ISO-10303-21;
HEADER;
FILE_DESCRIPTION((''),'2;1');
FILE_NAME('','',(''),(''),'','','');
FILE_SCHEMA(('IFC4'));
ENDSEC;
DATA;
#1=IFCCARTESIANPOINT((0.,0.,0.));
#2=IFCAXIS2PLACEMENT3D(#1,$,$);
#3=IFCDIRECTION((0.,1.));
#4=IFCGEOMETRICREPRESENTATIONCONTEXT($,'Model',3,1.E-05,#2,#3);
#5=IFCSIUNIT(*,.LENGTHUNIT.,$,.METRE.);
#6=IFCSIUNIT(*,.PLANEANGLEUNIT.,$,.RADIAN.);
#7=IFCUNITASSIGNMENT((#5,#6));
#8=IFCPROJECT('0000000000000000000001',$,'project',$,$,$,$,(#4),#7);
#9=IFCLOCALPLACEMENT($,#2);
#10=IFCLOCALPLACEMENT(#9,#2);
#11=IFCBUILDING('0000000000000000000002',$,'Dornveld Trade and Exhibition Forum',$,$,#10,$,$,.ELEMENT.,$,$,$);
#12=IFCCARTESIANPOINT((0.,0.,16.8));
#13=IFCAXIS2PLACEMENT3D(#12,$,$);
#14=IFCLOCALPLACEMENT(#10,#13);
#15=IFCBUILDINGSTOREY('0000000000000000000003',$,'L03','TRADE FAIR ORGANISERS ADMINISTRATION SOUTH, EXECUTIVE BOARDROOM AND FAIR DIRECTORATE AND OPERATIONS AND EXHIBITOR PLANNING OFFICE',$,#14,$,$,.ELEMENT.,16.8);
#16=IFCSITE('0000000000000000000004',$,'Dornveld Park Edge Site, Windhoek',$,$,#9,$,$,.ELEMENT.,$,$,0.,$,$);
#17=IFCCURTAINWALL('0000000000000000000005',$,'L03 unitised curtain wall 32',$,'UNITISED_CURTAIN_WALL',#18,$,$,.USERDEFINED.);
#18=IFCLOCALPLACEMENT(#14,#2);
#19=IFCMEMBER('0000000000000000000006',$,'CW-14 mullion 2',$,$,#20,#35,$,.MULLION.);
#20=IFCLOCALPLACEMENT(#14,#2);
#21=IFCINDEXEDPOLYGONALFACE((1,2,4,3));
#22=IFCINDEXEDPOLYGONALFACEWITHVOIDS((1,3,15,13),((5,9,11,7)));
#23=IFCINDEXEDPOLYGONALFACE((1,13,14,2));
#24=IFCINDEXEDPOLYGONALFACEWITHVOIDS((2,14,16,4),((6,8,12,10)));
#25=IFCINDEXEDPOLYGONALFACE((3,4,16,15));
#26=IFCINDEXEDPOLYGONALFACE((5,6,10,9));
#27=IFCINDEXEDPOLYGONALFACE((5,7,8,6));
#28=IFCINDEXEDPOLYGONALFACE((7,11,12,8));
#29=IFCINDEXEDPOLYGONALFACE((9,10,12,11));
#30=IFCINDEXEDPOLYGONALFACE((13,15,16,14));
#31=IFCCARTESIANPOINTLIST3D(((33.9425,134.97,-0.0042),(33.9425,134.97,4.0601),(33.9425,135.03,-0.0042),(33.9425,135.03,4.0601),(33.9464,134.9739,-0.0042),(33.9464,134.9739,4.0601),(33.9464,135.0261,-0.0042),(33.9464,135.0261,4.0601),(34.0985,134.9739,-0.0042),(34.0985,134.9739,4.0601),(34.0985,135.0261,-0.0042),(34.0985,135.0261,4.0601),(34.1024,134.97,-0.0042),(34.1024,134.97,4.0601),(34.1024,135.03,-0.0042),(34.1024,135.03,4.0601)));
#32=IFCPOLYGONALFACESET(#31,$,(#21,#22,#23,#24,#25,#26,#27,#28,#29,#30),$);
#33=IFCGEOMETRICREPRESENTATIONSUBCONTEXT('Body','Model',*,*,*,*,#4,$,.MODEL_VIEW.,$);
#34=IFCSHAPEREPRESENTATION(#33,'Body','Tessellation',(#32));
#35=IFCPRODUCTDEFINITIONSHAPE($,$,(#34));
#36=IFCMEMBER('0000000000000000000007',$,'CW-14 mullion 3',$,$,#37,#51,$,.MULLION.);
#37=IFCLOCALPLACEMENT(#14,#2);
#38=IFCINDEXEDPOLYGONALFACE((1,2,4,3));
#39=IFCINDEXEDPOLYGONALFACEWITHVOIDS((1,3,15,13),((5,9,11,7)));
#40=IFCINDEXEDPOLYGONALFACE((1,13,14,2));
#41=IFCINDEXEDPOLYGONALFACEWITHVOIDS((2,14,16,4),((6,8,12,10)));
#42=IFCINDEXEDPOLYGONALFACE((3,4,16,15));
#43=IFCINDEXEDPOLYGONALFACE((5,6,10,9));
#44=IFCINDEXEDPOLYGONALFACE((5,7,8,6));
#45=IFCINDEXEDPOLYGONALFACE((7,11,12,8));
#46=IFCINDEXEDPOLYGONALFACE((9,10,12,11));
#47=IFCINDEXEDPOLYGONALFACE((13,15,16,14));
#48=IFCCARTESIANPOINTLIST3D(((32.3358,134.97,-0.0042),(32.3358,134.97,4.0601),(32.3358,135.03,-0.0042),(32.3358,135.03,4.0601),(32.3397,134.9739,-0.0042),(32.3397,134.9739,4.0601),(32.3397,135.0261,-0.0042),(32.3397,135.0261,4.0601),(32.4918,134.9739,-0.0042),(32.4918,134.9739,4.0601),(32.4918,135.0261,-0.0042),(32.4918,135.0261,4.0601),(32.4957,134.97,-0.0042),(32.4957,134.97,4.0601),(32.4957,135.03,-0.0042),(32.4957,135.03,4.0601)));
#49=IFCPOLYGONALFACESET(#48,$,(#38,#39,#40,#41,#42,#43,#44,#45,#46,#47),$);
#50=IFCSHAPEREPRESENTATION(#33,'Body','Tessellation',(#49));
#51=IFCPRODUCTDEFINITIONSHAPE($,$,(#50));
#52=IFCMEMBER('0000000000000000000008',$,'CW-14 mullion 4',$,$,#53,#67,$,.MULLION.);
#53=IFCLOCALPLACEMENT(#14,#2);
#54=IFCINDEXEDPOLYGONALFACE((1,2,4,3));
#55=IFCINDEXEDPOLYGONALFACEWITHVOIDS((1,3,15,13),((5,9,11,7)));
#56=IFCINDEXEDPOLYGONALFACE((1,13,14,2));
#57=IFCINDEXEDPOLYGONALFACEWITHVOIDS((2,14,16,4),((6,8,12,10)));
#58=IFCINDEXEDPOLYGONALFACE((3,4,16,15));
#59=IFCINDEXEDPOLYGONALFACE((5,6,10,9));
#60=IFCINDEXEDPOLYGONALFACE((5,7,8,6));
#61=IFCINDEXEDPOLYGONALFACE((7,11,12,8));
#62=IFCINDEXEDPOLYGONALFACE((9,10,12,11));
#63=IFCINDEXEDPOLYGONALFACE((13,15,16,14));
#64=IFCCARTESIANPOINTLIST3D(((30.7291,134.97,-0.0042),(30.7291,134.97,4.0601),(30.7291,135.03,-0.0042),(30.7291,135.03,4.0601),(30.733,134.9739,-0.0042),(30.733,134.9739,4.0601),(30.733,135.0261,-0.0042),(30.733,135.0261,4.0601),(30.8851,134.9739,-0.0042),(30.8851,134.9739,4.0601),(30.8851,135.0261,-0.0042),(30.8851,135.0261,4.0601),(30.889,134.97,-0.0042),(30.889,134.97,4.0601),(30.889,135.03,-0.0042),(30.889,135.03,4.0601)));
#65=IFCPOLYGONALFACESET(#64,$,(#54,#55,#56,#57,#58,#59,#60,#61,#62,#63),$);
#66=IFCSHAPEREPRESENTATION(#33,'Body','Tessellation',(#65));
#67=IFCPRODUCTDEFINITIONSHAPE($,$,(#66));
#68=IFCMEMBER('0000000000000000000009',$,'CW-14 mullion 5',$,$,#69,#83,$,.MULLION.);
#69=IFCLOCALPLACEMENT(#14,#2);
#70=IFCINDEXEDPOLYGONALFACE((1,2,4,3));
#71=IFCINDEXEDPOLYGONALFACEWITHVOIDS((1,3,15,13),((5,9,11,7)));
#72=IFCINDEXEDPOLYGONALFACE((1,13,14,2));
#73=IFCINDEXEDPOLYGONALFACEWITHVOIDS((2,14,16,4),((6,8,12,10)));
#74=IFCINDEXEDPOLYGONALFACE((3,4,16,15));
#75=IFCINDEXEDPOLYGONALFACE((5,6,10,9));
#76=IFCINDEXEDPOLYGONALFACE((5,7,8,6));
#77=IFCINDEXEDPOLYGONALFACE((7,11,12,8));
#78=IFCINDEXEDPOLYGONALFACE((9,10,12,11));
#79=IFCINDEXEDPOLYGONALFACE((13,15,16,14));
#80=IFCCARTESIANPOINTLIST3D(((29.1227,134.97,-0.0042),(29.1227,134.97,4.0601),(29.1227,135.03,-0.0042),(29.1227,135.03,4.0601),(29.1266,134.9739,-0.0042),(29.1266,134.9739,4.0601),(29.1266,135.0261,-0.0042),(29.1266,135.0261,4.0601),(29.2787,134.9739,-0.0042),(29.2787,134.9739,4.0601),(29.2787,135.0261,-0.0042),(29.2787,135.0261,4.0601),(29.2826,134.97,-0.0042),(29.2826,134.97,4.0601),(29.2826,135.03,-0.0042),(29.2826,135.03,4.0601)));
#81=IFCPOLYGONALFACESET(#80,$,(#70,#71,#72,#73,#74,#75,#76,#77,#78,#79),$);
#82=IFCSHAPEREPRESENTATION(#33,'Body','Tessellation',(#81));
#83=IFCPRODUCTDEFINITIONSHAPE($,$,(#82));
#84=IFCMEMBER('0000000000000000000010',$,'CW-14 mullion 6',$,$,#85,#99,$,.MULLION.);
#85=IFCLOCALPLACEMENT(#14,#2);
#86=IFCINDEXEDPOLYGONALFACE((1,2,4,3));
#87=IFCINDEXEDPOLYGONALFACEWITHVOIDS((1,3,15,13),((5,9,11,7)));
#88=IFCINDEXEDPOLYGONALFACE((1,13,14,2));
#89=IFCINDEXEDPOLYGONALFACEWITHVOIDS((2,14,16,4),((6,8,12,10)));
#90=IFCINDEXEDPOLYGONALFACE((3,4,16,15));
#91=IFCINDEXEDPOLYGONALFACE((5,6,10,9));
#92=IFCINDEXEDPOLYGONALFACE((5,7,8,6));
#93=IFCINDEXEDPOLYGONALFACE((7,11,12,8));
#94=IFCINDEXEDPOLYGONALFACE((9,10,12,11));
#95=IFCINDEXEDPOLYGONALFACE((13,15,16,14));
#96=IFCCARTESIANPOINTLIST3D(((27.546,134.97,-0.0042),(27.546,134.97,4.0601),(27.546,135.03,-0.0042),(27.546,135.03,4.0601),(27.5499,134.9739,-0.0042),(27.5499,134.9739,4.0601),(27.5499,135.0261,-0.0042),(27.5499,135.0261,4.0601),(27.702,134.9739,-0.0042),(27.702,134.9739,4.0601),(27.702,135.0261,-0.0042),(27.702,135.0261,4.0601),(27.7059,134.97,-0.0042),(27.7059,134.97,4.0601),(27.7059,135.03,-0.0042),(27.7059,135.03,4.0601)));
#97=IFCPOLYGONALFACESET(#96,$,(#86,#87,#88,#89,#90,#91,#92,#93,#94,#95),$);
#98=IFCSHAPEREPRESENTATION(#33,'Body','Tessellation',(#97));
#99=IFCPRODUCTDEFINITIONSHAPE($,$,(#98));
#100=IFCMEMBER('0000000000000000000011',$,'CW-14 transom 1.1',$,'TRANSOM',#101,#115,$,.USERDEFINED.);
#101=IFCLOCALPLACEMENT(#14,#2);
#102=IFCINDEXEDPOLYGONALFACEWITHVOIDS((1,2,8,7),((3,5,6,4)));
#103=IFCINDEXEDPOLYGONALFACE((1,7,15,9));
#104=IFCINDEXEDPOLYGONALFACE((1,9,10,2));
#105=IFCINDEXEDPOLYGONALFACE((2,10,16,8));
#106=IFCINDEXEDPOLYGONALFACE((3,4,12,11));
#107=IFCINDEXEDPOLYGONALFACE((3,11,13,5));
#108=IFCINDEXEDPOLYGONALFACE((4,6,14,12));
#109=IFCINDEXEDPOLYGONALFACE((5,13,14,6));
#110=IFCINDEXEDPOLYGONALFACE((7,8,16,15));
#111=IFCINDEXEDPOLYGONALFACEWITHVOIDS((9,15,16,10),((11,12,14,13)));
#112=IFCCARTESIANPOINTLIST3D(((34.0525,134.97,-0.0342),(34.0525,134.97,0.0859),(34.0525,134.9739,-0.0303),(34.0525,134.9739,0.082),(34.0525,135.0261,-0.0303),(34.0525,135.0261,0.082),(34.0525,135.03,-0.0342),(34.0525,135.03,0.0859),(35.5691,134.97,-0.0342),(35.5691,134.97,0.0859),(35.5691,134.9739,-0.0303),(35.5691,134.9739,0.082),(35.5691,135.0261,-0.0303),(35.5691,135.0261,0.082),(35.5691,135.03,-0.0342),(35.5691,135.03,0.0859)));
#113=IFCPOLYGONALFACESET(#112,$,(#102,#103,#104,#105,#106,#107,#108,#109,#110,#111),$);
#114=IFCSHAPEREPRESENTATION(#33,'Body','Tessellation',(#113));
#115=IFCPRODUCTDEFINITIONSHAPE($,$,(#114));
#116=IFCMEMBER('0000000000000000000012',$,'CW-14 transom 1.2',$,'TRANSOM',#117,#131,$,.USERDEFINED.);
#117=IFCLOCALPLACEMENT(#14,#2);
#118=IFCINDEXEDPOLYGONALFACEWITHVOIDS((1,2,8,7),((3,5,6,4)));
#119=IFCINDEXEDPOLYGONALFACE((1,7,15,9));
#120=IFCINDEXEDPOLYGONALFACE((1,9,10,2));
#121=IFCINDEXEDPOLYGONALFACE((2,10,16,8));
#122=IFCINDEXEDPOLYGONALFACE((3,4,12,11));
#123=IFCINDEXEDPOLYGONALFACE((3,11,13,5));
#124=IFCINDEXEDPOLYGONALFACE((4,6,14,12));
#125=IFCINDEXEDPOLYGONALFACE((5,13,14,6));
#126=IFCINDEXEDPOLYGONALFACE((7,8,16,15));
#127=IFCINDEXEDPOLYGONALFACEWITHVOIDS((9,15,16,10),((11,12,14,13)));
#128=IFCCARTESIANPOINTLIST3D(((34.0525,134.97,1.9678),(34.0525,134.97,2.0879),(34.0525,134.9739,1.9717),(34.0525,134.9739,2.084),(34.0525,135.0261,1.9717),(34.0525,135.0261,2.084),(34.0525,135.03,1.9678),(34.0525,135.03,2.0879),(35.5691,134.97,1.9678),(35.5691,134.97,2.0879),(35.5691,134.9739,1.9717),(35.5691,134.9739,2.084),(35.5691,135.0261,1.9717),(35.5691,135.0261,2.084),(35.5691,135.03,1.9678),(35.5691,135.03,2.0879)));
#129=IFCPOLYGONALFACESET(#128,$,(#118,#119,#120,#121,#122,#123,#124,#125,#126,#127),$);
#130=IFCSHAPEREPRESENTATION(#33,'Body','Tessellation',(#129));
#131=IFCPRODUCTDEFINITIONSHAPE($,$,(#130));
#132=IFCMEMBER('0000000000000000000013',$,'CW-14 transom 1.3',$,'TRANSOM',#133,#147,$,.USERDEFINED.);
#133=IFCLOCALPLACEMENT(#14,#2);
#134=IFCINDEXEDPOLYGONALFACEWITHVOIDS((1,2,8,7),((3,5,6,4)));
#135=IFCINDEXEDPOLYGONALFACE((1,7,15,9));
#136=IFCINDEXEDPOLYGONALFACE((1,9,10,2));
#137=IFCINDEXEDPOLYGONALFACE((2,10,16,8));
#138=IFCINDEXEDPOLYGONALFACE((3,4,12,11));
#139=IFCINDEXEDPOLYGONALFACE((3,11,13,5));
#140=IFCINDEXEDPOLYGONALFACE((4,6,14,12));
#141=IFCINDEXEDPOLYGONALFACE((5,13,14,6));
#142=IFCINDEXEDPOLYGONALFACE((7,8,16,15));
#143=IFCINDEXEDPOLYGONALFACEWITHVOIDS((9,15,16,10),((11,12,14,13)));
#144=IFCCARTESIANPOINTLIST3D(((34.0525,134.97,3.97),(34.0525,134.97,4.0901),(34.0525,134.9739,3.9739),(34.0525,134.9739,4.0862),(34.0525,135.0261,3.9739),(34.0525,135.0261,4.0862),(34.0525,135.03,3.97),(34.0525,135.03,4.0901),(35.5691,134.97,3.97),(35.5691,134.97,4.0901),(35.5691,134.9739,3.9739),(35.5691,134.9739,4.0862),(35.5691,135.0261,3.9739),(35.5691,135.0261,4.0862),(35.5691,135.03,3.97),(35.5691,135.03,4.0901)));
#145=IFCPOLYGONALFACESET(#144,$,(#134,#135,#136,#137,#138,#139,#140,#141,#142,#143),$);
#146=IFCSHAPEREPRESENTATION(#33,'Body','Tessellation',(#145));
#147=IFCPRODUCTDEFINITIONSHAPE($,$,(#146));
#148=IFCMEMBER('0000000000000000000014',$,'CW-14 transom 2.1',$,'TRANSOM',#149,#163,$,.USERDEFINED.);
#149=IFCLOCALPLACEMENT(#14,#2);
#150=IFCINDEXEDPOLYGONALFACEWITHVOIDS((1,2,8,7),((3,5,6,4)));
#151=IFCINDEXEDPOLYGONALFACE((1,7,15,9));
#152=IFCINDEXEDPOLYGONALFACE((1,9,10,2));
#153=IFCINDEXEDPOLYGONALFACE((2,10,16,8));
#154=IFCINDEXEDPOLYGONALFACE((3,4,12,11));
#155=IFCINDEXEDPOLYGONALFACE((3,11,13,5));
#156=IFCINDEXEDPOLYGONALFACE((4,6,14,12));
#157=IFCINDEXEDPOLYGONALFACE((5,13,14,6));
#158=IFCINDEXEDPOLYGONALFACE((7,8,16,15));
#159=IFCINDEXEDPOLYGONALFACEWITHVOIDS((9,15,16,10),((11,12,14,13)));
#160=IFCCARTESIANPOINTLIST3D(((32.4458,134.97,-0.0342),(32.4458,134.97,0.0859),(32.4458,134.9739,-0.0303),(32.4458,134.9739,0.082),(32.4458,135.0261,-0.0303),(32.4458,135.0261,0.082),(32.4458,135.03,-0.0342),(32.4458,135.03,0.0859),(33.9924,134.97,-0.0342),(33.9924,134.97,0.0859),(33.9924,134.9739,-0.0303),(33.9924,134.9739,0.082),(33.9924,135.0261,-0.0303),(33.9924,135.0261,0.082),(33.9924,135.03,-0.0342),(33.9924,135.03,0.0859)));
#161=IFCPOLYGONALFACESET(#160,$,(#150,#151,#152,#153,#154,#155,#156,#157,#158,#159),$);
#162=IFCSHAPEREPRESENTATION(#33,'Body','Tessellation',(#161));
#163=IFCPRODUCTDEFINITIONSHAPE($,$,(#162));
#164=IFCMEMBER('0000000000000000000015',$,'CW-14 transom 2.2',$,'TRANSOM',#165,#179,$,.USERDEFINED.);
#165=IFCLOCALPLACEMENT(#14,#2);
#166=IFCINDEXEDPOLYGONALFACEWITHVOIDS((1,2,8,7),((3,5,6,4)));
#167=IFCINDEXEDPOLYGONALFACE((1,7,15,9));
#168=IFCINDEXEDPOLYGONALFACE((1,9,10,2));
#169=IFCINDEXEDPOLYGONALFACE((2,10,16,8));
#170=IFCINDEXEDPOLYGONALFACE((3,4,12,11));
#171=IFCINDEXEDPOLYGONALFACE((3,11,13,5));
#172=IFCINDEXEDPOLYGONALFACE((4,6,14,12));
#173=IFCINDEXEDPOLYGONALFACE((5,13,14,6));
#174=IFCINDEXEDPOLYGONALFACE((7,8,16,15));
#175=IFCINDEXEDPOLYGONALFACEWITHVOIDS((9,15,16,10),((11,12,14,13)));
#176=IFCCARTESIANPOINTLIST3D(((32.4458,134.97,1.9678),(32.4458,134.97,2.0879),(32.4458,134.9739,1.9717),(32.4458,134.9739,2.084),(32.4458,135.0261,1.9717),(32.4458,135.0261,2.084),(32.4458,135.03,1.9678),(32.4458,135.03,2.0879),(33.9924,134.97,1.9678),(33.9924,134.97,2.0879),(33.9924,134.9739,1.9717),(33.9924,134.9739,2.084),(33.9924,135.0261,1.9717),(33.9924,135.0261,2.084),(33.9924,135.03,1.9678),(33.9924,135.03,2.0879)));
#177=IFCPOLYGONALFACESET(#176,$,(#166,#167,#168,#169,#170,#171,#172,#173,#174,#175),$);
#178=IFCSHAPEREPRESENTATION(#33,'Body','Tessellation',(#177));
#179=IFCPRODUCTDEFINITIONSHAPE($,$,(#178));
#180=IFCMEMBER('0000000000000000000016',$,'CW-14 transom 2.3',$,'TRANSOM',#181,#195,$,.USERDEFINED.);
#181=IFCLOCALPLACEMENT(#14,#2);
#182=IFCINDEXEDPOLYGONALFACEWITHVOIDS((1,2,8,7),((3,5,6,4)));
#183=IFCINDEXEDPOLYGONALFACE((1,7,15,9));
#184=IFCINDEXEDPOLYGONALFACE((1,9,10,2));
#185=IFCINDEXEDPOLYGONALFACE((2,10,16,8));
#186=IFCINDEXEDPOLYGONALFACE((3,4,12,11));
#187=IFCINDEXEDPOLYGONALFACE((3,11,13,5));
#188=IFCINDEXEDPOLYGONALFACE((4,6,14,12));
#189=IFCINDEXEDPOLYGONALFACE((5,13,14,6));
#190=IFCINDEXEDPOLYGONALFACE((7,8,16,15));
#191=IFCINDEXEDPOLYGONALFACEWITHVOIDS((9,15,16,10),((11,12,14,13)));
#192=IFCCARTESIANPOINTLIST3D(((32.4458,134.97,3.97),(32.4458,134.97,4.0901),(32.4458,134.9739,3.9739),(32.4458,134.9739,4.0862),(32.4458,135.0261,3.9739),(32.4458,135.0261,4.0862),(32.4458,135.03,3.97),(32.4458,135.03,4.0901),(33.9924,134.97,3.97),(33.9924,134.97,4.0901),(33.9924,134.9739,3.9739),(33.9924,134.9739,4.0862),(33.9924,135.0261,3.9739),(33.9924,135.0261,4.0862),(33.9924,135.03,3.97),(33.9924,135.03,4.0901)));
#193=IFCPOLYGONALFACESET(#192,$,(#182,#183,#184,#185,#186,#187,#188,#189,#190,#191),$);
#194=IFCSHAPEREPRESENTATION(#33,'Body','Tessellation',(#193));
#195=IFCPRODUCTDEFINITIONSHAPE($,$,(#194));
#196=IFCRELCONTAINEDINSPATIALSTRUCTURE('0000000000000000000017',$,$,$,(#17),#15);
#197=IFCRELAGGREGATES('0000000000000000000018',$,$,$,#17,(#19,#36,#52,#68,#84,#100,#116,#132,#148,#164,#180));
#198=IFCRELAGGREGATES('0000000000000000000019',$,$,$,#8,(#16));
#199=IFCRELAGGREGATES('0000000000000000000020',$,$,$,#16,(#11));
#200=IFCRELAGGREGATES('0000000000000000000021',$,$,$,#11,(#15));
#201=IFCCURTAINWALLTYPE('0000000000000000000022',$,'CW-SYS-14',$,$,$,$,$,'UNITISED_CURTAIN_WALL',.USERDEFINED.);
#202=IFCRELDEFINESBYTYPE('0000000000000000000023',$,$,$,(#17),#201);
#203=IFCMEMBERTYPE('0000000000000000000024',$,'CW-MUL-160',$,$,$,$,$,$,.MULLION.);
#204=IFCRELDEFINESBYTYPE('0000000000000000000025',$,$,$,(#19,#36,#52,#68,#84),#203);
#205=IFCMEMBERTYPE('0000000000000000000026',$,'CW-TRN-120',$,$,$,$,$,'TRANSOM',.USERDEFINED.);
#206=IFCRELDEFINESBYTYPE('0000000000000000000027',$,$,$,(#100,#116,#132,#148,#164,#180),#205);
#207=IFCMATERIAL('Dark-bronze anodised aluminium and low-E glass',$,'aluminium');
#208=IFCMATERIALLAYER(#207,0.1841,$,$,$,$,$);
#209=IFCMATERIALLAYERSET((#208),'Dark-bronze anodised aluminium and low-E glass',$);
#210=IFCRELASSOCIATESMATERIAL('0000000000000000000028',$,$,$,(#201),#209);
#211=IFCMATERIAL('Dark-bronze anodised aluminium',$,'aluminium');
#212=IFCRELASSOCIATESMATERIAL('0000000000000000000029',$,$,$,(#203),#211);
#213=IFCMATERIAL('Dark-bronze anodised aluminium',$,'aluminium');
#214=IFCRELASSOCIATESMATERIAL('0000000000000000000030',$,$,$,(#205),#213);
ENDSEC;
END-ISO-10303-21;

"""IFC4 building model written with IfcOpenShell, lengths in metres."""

from ifc_helpers import new_model, si_unit, direction, frame, origin, origin_2d, place, context, subcontext, project, spatial, hollow_rectangle, extrude, material, layer, layer_set, material_profile, profile_set, type_object, element, aggregate, save


model = new_model("IFC4")

# Units and contexts
model_context = context("Model", 3, precision=1e-05, world=origin(), true_north=direction((0.0, 1.0)))
body_context = subcontext(model_context, "Body", "Model", "MODEL_VIEW")
ifc_project = project(units=[si_unit("LENGTHUNIT", "METRE"), si_unit("PLANEANGLEUNIT", "RADIAN")], contexts=[model_context])

# Site, building, storey
site_placement = place(None, origin())
site = spatial("IfcSite", under=ifc_project, at=site_placement, Name="Dornveld Park Edge Site, Windhoek", CompositionType="ELEMENT", RefElevation=0.0)
building_placement = place(site_placement, origin())
building = spatial("IfcBuilding", under=site, at=building_placement, Name="Dornveld Trade and Exhibition Forum", CompositionType="ELEMENT")
storey_placement = place(building_placement, frame((0.0, 0.0, 16.8)))
storey = spatial("IfcBuildingStorey", under=building, at=storey_placement, Name="L03", Description="TRADE FAIR ORGANISERS ADMINISTRATION SOUTH, EXECUTIVE BOARDROOM AND FAIR DIRECTORATE AND OPERATIONS AND EXHIBITOR PLANNING OFFICE", CompositionType="ELEMENT", Elevation=16.8)

# Curtain wall, members
ifc_material_1 = material(Name="Dark-bronze anodised aluminium and low-E glass", Category="aluminium")
ifc_layer_1 = layer(ifc_material_1, 0.1841)
ifc_layer_set_1 = layer_set([ifc_layer_1], Name="Dark-bronze anodised aluminium and low-E glass")
curtain_wall_type = type_object("IfcCurtainWallType", Name="CW-SYS-14", ElementType="UNITISED_CURTAIN_WALL", PredefinedType="USERDEFINED", material=ifc_layer_set_1)
curtain_wall_placement = place(storey_placement, origin())
curtain_wall = element("IfcCurtainWall", 1, at=curtain_wall_placement, inside=storey, type_object=curtain_wall_type, Name="L03 unitised curtain wall 32", ObjectType="UNITISED_CURTAIN_WALL", PredefinedType="USERDEFINED")
ifc_material_2 = material(Name="Dark-bronze anodised aluminium", Category="aluminium")
ifc_material_profile_1 = material_profile(ifc_material_2, hollow_rectangle(XDim=0.0601, YDim=0.1599, WallThickness=0.0039, at=origin_2d()), Name="RHS 160x60x4")
ifc_profile_set_1 = profile_set([ifc_material_profile_1], Name="Dark-bronze anodised aluminium")
member_type_1 = type_object("IfcMemberType", Name="CW-MUL-160", PredefinedType="MULLION", material=ifc_profile_set_1)
member_1_placement = place(storey_placement, frame((34.0225, 135.0, -0.0042), z_axis=(0.0, 0.0, 1.0), x_axis=(0.0, -1.0, 0.0)))
member_1 = element("IfcMember", 2, at=member_1_placement, type_object=member_type_1, Name="CW-14 mullion 2", PredefinedType="MULLION", context=body_context, shape_type="SweptSolid", body=[
    extrude(hollow_rectangle(XDim=0.0601, YDim=0.1599, WallThickness=0.0039, at=origin_2d()), origin(), (0.0, 0.0, 1.0), 4.0642),
])
member_2_placement = place(storey_placement, frame((32.4158, 135.0, -0.0042), z_axis=(0.0, 0.0, 1.0), x_axis=(0.0, -1.0, 0.0)))
member_2 = element("IfcMember", 3, at=member_2_placement, type_object=member_type_1, Name="CW-14 mullion 3", PredefinedType="MULLION", context=body_context, shape_type="SweptSolid", body=[
    extrude(hollow_rectangle(XDim=0.0601, YDim=0.1599, WallThickness=0.0039, at=origin_2d()), origin(), (0.0, 0.0, 1.0), 4.0642),
])
member_3_placement = place(storey_placement, frame((30.8091, 135.0, -0.0042), z_axis=(0.0, 0.0, 1.0), x_axis=(0.0, -1.0, 0.0)))
member_3 = element("IfcMember", 4, at=member_3_placement, type_object=member_type_1, Name="CW-14 mullion 4", PredefinedType="MULLION", context=body_context, shape_type="SweptSolid", body=[
    extrude(hollow_rectangle(XDim=0.0601, YDim=0.1599, WallThickness=0.0039, at=origin_2d()), origin(), (0.0, 0.0, 1.0), 4.0642),
])
member_4_placement = place(storey_placement, frame((29.2026, 135.0, -0.0042), z_axis=(0.0, 0.0, 1.0), x_axis=(0.0, -1.0, 0.0)))
member_4 = element("IfcMember", 5, at=member_4_placement, type_object=member_type_1, Name="CW-14 mullion 5", PredefinedType="MULLION", context=body_context, shape_type="SweptSolid", body=[
    extrude(hollow_rectangle(XDim=0.0601, YDim=0.1599, WallThickness=0.0039, at=origin_2d()), origin(), (0.0, 0.0, 1.0), 4.0642),
])
member_5_placement = place(storey_placement, frame((27.626, 135.0, -0.0042), z_axis=(0.0, 0.0, 1.0), x_axis=(0.0, -1.0, 0.0)))
member_5 = element("IfcMember", 6, at=member_5_placement, type_object=member_type_1, Name="CW-14 mullion 6", PredefinedType="MULLION", context=body_context, shape_type="SweptSolid", body=[
    extrude(hollow_rectangle(XDim=0.0601, YDim=0.1599, WallThickness=0.0039, at=origin_2d()), origin(), (0.0, 0.0, 1.0), 4.0642),
])
ifc_material_3 = material(Name="Dark-bronze anodised aluminium", Category="aluminium")
ifc_material_profile_2 = material_profile(ifc_material_3, hollow_rectangle(XDim=0.0601, YDim=0.1201, WallThickness=0.0039, at=origin_2d()), Name="RHS 120x60x4")
ifc_profile_set_2 = profile_set([ifc_material_profile_2], Name="Dark-bronze anodised aluminium")
member_type_2 = type_object("IfcMemberType", Name="CW-TRN-120", ElementType="TRANSOM", PredefinedType="USERDEFINED", material=ifc_profile_set_2)
member_6_placement = place(storey_placement, frame((35.5691, 135.0, 0.0259), z_axis=(-1.0, 0.0, 0.0), x_axis=(0.0, -1.0, 0.0)))
member_6 = element("IfcMember", 7, at=member_6_placement, type_object=member_type_2, Name="CW-14 transom 1.1", ObjectType="TRANSOM", PredefinedType="USERDEFINED", context=body_context, shape_type="SweptSolid", body=[
    extrude(hollow_rectangle(XDim=0.0601, YDim=0.1201, WallThickness=0.0039, at=origin_2d()), origin(), (0.0, 0.0, 1.0), 1.5166),
])
member_7_placement = place(storey_placement, frame((35.5691, 135.0, 2.0278), z_axis=(-1.0, 0.0, 0.0), x_axis=(0.0, -1.0, 0.0)))
member_7 = element("IfcMember", 8, at=member_7_placement, type_object=member_type_2, Name="CW-14 transom 1.2", ObjectType="TRANSOM", PredefinedType="USERDEFINED", context=body_context, shape_type="SweptSolid", body=[
    extrude(hollow_rectangle(XDim=0.0601, YDim=0.1201, WallThickness=0.0039, at=origin_2d()), origin(), (0.0, 0.0, 1.0), 1.5166),
])
member_8_placement = place(storey_placement, frame((35.5691, 135.0, 4.03), z_axis=(-1.0, 0.0, 0.0), x_axis=(0.0, -1.0, 0.0)))
member_8 = element("IfcMember", 9, at=member_8_placement, type_object=member_type_2, Name="CW-14 transom 1.3", ObjectType="TRANSOM", PredefinedType="USERDEFINED", context=body_context, shape_type="SweptSolid", body=[
    extrude(hollow_rectangle(XDim=0.0601, YDim=0.1201, WallThickness=0.0039, at=origin_2d()), origin(), (0.0, 0.0, 1.0), 1.5166),
])
member_9_placement = place(storey_placement, frame((33.9924, 135.0, 0.0259), z_axis=(-1.0, 0.0, 0.0), x_axis=(0.0, -1.0, 0.0)))
member_9 = element("IfcMember", 10, at=member_9_placement, type_object=member_type_2, Name="CW-14 transom 2.1", ObjectType="TRANSOM", PredefinedType="USERDEFINED", context=body_context, shape_type="SweptSolid", body=[
    extrude(hollow_rectangle(XDim=0.0601, YDim=0.1201, WallThickness=0.0039, at=origin_2d()), origin(), (0.0, 0.0, 1.0), 1.5466),
])
member_10_placement = place(storey_placement, frame((33.9924, 135.0, 2.0278), z_axis=(-1.0, 0.0, 0.0), x_axis=(0.0, -1.0, 0.0)))
member_10 = element("IfcMember", 11, at=member_10_placement, type_object=member_type_2, Name="CW-14 transom 2.2", ObjectType="TRANSOM", PredefinedType="USERDEFINED", context=body_context, shape_type="SweptSolid", body=[
    extrude(hollow_rectangle(XDim=0.0601, YDim=0.1201, WallThickness=0.0039, at=origin_2d()), origin(), (0.0, 0.0, 1.0), 1.5466),
])
member_11_placement = place(storey_placement, frame((33.9924, 135.0, 4.03), z_axis=(-1.0, 0.0, 0.0), x_axis=(0.0, -1.0, 0.0)))
member_11 = element("IfcMember", 12, at=member_11_placement, type_object=member_type_2, Name="CW-14 transom 2.3", ObjectType="TRANSOM", PredefinedType="USERDEFINED", context=body_context, shape_type="SweptSolid", body=[
    extrude(hollow_rectangle(XDim=0.0601, YDim=0.1201, WallThickness=0.0039, at=origin_2d()), origin(), (0.0, 0.0, 1.0), 1.5466),
])

aggregate(curtain_wall, [member_1, member_2, member_3, member_4, member_5, member_6, member_7, member_8, member_9, member_10, member_11])

save(model, "model.ifc")
